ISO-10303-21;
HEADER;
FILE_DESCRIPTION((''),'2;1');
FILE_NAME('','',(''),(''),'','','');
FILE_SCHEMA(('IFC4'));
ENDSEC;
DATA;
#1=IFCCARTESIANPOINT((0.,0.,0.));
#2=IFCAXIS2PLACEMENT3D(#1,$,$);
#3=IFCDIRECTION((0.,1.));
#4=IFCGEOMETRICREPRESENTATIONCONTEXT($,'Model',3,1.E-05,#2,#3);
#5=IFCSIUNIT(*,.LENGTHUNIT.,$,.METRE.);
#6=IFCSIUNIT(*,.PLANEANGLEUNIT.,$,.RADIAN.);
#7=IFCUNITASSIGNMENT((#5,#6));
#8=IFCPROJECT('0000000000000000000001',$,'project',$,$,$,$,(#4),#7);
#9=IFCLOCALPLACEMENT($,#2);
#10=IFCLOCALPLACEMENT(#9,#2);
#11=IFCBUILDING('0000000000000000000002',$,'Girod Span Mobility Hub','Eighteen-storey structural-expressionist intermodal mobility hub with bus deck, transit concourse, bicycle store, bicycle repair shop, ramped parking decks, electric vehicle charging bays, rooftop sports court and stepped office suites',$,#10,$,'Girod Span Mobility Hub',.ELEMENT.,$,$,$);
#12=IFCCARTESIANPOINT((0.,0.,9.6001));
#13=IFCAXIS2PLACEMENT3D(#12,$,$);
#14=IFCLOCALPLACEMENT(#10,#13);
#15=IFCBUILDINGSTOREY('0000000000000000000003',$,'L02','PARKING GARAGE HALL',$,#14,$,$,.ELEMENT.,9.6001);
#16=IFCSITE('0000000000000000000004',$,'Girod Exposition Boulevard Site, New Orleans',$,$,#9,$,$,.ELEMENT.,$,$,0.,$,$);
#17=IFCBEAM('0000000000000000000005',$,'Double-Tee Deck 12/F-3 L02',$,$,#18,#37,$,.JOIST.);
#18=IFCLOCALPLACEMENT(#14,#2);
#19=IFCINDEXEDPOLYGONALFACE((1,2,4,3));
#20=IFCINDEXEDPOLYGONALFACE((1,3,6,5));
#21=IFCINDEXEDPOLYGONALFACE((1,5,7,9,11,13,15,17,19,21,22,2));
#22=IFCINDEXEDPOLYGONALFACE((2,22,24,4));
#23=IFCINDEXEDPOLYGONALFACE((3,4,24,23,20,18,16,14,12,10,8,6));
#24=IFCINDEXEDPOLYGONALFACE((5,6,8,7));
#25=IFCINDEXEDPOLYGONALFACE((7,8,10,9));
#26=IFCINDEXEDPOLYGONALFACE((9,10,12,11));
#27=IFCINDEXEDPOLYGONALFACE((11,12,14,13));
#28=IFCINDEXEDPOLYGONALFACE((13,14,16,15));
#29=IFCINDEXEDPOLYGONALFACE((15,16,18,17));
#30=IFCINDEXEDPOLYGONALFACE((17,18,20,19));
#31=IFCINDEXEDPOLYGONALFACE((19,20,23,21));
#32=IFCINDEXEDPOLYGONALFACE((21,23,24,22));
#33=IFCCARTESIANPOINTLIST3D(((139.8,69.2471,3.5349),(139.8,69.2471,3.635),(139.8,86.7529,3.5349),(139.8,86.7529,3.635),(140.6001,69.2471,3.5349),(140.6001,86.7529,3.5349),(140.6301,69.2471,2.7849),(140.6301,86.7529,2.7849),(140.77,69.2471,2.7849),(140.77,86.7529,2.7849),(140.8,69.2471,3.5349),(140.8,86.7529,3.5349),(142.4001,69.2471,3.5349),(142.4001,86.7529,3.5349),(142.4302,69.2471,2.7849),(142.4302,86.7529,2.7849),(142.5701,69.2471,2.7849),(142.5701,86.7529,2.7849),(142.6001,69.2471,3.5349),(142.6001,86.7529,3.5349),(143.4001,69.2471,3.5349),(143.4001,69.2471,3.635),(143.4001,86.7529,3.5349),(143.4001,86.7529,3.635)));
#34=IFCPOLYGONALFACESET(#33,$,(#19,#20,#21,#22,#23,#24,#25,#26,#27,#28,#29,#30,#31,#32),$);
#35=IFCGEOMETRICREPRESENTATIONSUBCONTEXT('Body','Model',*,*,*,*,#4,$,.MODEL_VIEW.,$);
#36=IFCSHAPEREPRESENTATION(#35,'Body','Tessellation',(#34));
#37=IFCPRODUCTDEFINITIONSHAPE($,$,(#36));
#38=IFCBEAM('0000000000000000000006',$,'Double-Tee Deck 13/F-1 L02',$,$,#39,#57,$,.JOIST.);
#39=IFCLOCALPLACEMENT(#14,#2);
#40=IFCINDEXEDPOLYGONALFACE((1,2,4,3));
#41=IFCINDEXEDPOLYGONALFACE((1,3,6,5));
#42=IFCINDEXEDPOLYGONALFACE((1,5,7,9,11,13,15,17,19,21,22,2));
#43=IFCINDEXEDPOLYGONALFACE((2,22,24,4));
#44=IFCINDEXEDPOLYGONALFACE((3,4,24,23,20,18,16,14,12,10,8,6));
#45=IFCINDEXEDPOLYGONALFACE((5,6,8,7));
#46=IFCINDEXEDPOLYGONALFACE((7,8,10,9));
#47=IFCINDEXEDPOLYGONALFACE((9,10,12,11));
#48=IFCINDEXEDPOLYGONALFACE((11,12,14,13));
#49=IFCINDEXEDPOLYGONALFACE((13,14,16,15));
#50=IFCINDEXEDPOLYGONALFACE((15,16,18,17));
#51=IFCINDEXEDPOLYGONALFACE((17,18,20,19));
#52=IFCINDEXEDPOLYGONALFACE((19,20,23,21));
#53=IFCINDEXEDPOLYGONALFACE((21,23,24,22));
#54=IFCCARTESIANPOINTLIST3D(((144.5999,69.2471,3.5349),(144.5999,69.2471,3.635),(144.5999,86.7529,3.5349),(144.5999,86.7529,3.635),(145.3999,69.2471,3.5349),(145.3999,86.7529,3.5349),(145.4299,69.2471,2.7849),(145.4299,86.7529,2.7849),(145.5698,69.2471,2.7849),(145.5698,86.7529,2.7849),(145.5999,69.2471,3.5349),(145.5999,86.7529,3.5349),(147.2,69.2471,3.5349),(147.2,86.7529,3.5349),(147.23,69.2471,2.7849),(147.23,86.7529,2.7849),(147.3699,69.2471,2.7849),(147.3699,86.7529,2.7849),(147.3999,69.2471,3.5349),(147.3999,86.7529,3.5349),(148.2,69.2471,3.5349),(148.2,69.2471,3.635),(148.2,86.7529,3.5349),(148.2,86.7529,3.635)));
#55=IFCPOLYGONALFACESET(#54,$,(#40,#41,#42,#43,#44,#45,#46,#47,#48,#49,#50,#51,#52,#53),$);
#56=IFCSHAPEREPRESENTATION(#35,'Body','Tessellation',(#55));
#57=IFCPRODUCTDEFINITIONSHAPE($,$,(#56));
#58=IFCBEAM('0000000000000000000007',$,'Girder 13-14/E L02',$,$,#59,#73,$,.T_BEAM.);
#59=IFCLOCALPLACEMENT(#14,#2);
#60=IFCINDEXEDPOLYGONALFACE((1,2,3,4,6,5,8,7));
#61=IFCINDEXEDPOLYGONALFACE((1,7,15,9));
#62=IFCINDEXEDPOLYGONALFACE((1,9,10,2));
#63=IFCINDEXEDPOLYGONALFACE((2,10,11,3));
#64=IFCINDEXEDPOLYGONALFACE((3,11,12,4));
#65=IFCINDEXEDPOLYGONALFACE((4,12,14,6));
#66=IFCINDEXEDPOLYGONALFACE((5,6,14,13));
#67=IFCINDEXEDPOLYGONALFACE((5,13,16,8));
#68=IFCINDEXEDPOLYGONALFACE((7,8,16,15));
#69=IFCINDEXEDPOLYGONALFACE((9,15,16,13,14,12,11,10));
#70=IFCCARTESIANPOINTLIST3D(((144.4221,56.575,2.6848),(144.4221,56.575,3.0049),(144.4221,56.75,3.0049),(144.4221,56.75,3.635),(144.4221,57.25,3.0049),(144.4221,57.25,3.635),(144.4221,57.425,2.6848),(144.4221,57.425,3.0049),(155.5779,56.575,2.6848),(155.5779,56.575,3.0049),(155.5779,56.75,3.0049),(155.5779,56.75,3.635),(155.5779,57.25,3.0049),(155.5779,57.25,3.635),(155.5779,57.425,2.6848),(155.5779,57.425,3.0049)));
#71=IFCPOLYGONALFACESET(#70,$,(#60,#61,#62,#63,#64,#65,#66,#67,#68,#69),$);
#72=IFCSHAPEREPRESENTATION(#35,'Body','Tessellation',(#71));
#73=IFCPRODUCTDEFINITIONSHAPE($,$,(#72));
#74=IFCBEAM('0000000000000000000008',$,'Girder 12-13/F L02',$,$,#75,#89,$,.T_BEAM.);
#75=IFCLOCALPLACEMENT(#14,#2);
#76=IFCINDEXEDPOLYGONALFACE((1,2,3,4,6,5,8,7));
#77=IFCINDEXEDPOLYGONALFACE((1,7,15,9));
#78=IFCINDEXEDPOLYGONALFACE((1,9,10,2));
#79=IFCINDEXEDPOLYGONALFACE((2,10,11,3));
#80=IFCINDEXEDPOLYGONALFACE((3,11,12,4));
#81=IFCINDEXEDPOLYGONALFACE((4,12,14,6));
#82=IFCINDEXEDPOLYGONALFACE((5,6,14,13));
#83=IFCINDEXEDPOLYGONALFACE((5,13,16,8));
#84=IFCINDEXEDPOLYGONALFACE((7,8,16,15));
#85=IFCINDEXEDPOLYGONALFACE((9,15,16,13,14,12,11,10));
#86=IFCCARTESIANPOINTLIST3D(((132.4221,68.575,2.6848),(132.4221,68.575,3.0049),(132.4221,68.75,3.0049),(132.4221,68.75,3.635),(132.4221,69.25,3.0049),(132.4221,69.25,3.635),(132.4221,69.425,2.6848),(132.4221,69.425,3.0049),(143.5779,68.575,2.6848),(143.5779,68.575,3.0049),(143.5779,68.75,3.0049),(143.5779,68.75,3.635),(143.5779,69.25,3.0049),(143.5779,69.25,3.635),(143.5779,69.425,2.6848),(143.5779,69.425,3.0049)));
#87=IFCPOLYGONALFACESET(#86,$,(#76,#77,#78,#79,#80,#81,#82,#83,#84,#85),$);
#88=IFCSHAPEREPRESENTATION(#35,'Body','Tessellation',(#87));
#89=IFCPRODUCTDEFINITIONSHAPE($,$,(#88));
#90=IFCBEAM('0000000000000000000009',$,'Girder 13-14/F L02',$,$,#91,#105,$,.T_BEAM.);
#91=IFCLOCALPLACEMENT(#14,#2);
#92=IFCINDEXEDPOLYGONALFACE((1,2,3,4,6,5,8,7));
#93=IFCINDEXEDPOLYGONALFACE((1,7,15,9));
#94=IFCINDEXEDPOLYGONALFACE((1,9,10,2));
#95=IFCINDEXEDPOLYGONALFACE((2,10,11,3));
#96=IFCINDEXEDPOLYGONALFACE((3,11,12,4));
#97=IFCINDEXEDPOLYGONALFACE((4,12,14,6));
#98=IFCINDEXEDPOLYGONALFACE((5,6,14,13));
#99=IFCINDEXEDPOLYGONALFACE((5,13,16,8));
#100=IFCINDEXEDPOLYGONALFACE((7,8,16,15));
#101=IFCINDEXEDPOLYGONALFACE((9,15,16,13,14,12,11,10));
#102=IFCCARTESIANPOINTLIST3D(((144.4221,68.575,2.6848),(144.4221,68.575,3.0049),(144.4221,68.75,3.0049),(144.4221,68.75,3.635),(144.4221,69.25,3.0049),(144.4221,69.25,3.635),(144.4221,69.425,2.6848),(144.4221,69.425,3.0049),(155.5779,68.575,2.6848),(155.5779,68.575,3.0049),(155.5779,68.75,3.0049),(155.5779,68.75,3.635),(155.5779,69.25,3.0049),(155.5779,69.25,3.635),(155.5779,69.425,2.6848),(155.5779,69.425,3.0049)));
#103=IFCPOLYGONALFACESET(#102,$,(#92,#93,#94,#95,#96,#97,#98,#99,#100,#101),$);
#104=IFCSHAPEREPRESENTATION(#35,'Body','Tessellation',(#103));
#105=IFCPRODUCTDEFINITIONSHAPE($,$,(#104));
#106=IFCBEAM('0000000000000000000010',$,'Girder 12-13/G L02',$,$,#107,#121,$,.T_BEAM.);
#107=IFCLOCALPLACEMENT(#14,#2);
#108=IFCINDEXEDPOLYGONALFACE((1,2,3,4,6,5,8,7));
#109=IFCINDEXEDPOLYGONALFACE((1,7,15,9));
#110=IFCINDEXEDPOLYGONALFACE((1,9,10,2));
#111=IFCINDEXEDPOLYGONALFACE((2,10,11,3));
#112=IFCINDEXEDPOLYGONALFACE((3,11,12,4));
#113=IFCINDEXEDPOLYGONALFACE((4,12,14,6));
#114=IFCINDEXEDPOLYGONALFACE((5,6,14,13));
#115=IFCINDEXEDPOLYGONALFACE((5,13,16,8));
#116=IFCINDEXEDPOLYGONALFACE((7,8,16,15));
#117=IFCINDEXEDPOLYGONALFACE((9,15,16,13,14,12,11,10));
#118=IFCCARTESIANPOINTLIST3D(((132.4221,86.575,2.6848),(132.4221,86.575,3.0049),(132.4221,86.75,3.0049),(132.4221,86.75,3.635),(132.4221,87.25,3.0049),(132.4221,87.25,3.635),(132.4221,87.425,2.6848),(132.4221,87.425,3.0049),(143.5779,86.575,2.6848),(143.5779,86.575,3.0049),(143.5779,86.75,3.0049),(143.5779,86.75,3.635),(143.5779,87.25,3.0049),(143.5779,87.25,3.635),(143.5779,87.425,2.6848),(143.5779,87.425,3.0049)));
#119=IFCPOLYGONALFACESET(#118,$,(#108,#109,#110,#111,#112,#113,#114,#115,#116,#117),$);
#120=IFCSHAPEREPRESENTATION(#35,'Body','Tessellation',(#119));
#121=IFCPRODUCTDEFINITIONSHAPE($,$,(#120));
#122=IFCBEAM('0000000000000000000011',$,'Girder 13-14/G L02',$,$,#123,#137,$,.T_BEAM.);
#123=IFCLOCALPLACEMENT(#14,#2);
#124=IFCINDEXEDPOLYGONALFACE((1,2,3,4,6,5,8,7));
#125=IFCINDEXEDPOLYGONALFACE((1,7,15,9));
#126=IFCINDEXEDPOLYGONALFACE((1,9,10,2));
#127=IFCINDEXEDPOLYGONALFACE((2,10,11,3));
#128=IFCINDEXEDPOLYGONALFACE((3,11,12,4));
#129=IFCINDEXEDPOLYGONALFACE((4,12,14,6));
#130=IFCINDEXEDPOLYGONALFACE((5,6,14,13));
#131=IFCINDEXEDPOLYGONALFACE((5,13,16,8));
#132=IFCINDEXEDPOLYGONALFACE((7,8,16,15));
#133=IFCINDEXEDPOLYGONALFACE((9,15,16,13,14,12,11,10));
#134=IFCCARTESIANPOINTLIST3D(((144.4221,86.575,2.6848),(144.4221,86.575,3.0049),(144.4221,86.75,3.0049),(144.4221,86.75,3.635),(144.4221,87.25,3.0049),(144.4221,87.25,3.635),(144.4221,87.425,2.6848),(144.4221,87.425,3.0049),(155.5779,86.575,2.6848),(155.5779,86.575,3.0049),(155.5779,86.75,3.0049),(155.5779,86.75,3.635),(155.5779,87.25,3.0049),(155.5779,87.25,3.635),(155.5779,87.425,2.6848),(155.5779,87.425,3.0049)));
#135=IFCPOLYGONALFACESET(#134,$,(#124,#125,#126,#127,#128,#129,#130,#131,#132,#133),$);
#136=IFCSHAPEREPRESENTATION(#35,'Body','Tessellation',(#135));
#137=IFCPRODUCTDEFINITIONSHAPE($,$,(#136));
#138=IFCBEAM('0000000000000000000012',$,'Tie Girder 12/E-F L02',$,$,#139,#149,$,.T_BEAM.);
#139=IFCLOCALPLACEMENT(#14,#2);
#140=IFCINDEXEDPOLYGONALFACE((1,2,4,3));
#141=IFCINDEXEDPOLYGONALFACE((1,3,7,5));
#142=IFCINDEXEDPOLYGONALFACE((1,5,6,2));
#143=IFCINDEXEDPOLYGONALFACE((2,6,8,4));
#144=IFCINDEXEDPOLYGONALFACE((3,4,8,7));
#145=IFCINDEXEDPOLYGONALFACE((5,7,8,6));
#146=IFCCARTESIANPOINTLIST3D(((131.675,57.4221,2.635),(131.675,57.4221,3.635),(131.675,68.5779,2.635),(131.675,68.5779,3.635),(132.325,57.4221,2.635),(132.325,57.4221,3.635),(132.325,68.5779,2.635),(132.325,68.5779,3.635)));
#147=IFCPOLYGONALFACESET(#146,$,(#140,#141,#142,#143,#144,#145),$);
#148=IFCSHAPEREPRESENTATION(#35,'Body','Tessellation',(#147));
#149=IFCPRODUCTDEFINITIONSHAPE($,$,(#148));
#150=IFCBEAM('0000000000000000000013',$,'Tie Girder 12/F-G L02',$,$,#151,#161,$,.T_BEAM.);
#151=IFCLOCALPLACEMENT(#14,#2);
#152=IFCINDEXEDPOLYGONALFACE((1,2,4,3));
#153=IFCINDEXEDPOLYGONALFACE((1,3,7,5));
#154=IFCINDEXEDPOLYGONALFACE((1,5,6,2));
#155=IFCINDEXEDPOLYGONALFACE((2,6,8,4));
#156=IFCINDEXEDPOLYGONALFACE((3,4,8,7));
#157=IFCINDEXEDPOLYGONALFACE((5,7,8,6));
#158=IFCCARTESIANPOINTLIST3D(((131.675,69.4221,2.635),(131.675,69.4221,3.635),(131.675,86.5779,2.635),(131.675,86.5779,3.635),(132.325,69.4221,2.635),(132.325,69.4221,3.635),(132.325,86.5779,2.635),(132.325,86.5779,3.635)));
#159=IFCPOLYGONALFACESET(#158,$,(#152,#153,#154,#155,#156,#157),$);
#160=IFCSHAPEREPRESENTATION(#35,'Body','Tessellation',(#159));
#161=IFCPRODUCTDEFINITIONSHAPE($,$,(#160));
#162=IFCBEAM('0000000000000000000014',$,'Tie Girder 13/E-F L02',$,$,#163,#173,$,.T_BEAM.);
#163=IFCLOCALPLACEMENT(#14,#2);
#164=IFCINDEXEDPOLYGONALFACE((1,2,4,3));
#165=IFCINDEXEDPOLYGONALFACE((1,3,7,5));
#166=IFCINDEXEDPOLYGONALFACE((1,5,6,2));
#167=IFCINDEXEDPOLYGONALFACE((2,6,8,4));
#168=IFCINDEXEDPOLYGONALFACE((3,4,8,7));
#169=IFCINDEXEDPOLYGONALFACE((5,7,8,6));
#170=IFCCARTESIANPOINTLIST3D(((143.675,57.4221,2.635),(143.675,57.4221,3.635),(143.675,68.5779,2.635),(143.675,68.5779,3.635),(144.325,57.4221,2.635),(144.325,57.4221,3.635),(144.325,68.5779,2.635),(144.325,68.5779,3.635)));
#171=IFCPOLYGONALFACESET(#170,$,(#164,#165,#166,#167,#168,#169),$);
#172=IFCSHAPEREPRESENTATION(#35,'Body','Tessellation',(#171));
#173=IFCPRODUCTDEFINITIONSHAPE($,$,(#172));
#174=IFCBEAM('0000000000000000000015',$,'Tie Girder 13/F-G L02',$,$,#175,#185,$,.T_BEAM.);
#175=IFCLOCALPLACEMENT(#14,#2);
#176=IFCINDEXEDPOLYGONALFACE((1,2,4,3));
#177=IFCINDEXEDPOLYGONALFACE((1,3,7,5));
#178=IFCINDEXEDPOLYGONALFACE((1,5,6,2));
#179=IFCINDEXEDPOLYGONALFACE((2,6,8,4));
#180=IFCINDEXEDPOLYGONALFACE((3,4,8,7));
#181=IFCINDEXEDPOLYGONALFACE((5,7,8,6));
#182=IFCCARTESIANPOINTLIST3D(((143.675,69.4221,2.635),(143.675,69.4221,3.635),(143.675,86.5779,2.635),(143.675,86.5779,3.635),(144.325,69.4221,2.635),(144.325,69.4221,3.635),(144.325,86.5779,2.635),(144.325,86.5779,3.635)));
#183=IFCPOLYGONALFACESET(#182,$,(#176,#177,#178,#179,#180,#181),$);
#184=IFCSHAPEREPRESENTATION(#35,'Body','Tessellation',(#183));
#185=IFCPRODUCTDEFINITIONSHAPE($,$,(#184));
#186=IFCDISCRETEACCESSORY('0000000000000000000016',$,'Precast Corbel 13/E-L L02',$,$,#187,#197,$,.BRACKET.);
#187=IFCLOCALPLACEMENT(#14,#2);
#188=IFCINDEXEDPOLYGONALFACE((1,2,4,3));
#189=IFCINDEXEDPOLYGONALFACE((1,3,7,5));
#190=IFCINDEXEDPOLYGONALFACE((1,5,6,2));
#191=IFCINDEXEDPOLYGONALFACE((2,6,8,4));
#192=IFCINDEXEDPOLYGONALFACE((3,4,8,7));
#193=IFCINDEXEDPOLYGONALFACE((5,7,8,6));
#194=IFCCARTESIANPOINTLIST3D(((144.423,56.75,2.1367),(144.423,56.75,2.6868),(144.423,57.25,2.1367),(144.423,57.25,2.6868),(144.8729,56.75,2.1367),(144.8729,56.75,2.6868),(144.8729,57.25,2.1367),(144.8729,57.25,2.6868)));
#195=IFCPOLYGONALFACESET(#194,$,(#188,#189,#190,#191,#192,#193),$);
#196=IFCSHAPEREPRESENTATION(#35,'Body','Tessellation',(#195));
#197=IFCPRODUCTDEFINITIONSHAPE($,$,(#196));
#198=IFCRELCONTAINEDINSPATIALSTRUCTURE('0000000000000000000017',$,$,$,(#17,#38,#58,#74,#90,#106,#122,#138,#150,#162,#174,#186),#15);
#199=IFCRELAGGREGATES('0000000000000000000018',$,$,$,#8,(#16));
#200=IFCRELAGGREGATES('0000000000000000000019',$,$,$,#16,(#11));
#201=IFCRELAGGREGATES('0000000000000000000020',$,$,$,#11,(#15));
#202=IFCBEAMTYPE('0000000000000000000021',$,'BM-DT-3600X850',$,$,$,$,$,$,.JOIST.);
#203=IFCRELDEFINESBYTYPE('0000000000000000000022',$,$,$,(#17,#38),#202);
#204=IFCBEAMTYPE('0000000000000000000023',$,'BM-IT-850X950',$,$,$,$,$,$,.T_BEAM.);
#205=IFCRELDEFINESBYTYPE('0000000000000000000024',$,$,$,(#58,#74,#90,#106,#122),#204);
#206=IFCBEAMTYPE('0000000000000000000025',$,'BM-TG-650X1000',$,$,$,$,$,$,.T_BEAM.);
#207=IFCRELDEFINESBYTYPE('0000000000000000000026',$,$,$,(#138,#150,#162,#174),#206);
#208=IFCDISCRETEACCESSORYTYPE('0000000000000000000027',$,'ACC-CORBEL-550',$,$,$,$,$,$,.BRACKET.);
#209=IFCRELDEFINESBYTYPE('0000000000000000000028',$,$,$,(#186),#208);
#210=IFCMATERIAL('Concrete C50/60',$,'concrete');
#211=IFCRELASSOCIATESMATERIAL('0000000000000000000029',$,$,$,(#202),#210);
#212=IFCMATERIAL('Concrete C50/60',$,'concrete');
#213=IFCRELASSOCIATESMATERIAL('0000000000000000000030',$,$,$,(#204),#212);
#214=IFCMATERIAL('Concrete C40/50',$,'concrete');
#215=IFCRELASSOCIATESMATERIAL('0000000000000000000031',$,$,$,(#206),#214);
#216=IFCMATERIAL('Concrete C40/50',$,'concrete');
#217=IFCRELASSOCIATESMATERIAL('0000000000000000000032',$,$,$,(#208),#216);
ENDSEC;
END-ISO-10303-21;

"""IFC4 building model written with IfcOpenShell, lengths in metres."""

from ifc_helpers import new_model, si_unit, direction, frame, origin, origin_2d, place, context, subcontext, project, spatial, polyline, rectangle, outline, extrude, material, material_profile, profile_set, type_object, element, save


model = new_model("IFC4")

# Units and contexts
model_context = context("Model", 3, precision=1e-05, world=origin(), true_north=direction((0.0, 1.0)))
body_context = subcontext(model_context, "Body", "Model", "MODEL_VIEW")
ifc_project = project(units=[si_unit("LENGTHUNIT", "METRE"), si_unit("PLANEANGLEUNIT", "RADIAN")], contexts=[model_context])

# Site, building, storey
site_placement = place(None, origin())
site = spatial("IfcSite", under=ifc_project, at=site_placement, Name="Girod Exposition Boulevard Site, New Orleans", CompositionType="ELEMENT", RefElevation=0.0)
building_placement = place(site_placement, origin())
building = spatial("IfcBuilding", under=site, at=building_placement, Name="Girod Span Mobility Hub", Description="Eighteen-storey structural-expressionist intermodal mobility hub with bus deck, transit concourse, bicycle store, bicycle repair shop, ramped parking decks, electric vehicle charging bays, rooftop sports court and stepped office suites", LongName="Girod Span Mobility Hub", CompositionType="ELEMENT")
storey_placement = place(building_placement, frame((0.0, 0.0, 9.6001)))
storey = spatial("IfcBuildingStorey", under=building, at=storey_placement, Name="L02", Description="PARKING GARAGE HALL", CompositionType="ELEMENT", Elevation=9.6001)

# Beams
ifc_material_1 = material(Name="Concrete C50/60", Category="concrete")
ifc_material_profile_1 = material_profile(ifc_material_1, outline(polyline([(-1.8, 0.425), (-1.8, 0.325), (-1.0, 0.325), (-0.97, -0.425), (-0.8301, -0.425), (-0.8, 0.325), (0.8, 0.325), (0.8301, -0.425), (0.97, -0.425), (1.0, 0.325), (1.8, 0.325), (1.8, 0.425), (-1.8, 0.425)])), Name="DT-3600X850")
ifc_profile_set_1 = profile_set([ifc_material_profile_1], Name="Concrete C50/60")
beam_type_1 = type_object("IfcBeamType", Name="BM-DT-3600X850", PredefinedType="JOIST", material=ifc_profile_set_1)
for number, where, z_axis, x_axis, name in (
    (1, (141.6001, 69.2471, 3.21), (0.0, 1.0, 0.0), (-1.0, 0.0, 0.0), "Double-Tee Deck 12/F-3 L02"),
    (2, (146.3999, 69.2471, 3.21), (0.0, 1.0, 0.0), (-1.0, 0.0, 0.0), "Double-Tee Deck 13/F-1 L02"),
):
    element("IfcBeam", number, at=place(storey_placement, frame(where, z_axis=z_axis, x_axis=x_axis)), inside=storey, type_object=beam_type_1, Name=name, PredefinedType="JOIST", context=body_context, shape_type="SweptSolid", body=[
        extrude(outline(polyline([(-1.8, 0.425), (-1.8, 0.325), (-1.0, 0.325), (-0.97, -0.425), (-0.8301, -0.425), (-0.8, 0.325), (0.8, 0.325), (0.8301, -0.425), (0.97, -0.425), (1.0, 0.325), (1.8, 0.325), (1.8, 0.425), (-1.8, 0.425)])), origin(), (0.0, 0.0, 1.0), 17.5059),
    ])
ifc_material_2 = material(Name="Concrete C50/60", Category="concrete")
ifc_material_profile_2 = material_profile(ifc_material_2, outline(polyline([(-0.425, -0.4751), (0.425, -0.4751), (0.425, -0.155), (0.25, -0.155), (0.25, 0.4751), (-0.25, 0.4751), (-0.25, -0.155), (-0.425, -0.155), (-0.425, -0.4751)])), Name="IT-850X950")
ifc_profile_set_2 = profile_set([ifc_material_profile_2], Name="Concrete C50/60")
beam_type_2 = type_object("IfcBeamType", Name="BM-IT-850X950", PredefinedType="T_BEAM", material=ifc_profile_set_2)
for number, where, z_axis, x_axis, name in (
    (3, (144.4221, 57.0, 3.1599), (1.0, 0.0, 0.0), (0.0, 1.0, 0.0), "Girder 13-14/E L02"),
    (4, (132.4221, 69.0, 3.1599), (1.0, 0.0, 0.0), (0.0, 1.0, 0.0), "Girder 12-13/F L02"),
    (5, (144.4221, 69.0, 3.1599), (1.0, 0.0, 0.0), (0.0, 1.0, 0.0), "Girder 13-14/F L02"),
    (6, (132.4221, 87.0, 3.1599), (1.0, 0.0, 0.0), (0.0, 1.0, 0.0), "Girder 12-13/G L02"),
    (7, (144.4221, 87.0, 3.1599), (1.0, 0.0, 0.0), (0.0, 1.0, 0.0), "Girder 13-14/G L02"),
):
    element("IfcBeam", number, at=place(storey_placement, frame(where, z_axis=z_axis, x_axis=x_axis)), inside=storey, type_object=beam_type_2, Name=name, PredefinedType="T_BEAM", context=body_context, shape_type="SweptSolid", body=[
        extrude(outline(polyline([(-0.425, -0.4751), (0.425, -0.4751), (0.425, -0.155), (0.25, -0.155), (0.25, 0.4751), (-0.25, 0.4751), (-0.25, -0.155), (-0.425, -0.155), (-0.425, -0.4751)])), origin(), (0.0, 0.0, 1.0), 11.1558),
    ])
ifc_material_3 = material(Name="Concrete C40/50", Category="concrete")
ifc_material_profile_3 = material_profile(ifc_material_3, rectangle(XDim=0.6499, YDim=1.0, at=origin_2d()), Name="TG-650X1000")
ifc_profile_set_3 = profile_set([ifc_material_profile_3], Name="Concrete C40/50")
beam_type_3 = type_object("IfcBeamType", Name="BM-TG-650X1000", PredefinedType="T_BEAM", material=ifc_profile_set_3)
beam_1_placement = place(storey_placement, frame((132.0, 57.4221, 3.135), z_axis=(0.0, 1.0, 0.0), x_axis=(-1.0, 0.0, 0.0)))
element("IfcBeam", 8, at=beam_1_placement, inside=storey, type_object=beam_type_3, Name="Tie Girder 12/E-F L02", PredefinedType="T_BEAM", context=body_context, shape_type="SweptSolid", body=[
    extrude(rectangle(XDim=0.6499, YDim=1.0, at=origin_2d()), origin(), (0.0, 0.0, 1.0), 11.1558),
])
beam_2_placement = place(storey_placement, frame((132.0, 69.4221, 3.135), z_axis=(0.0, 1.0, 0.0), x_axis=(-1.0, 0.0, 0.0)))
element("IfcBeam", 9, at=beam_2_placement, inside=storey, type_object=beam_type_3, Name="Tie Girder 12/F-G L02", PredefinedType="T_BEAM", context=body_context, shape_type="SweptSolid", body=[
    extrude(rectangle(XDim=0.6499, YDim=1.0, at=origin_2d()), origin(), (0.0, 0.0, 1.0), 17.1558),
])
beam_3_placement = place(storey_placement, frame((144.0, 57.4221, 3.135), z_axis=(0.0, 1.0, 0.0), x_axis=(-1.0, 0.0, 0.0)))
element("IfcBeam", 10, at=beam_3_placement, inside=storey, type_object=beam_type_3, Name="Tie Girder 13/E-F L02", PredefinedType="T_BEAM", context=body_context, shape_type="SweptSolid", body=[
    extrude(rectangle(XDim=0.6499, YDim=1.0, at=origin_2d()), origin(), (0.0, 0.0, 1.0), 11.1558),
])
beam_4_placement = place(storey_placement, frame((144.0, 69.4221, 3.135), z_axis=(0.0, 1.0, 0.0), x_axis=(-1.0, 0.0, 0.0)))
element("IfcBeam", 11, at=beam_4_placement, inside=storey, type_object=beam_type_3, Name="Tie Girder 13/F-G L02", PredefinedType="T_BEAM", context=body_context, shape_type="SweptSolid", body=[
    extrude(rectangle(XDim=0.6499, YDim=1.0, at=origin_2d()), origin(), (0.0, 0.0, 1.0), 17.1558),
])

# Discrete accessory
ifc_material_4 = material(Name="Concrete C40/50", Category="concrete")
discrete_accessory_type = type_object("IfcDiscreteAccessoryType", Name="ACC-CORBEL-550", PredefinedType="BRACKET", material=ifc_material_4)
for number, where, z_axis, x_axis, name in (
    (12, (144.6479, 57.0, 2.1367), (0.0, 0.0, 1.0), (1.0, 0.0, 0.0), "Precast Corbel 13/E-L L02"),
):
    element("IfcDiscreteAccessory", number, at=place(storey_placement, frame(where, z_axis=z_axis, x_axis=x_axis)), inside=storey, type_object=discrete_accessory_type, Name=name, PredefinedType="BRACKET", context=body_context, shape_type="SweptSolid", body=[
        extrude(rectangle(XDim=0.45, YDim=0.5, at=origin_2d()), origin(), (0.0, 0.0, 1.0), 0.55),
    ])

save(model, "model.ifc")
